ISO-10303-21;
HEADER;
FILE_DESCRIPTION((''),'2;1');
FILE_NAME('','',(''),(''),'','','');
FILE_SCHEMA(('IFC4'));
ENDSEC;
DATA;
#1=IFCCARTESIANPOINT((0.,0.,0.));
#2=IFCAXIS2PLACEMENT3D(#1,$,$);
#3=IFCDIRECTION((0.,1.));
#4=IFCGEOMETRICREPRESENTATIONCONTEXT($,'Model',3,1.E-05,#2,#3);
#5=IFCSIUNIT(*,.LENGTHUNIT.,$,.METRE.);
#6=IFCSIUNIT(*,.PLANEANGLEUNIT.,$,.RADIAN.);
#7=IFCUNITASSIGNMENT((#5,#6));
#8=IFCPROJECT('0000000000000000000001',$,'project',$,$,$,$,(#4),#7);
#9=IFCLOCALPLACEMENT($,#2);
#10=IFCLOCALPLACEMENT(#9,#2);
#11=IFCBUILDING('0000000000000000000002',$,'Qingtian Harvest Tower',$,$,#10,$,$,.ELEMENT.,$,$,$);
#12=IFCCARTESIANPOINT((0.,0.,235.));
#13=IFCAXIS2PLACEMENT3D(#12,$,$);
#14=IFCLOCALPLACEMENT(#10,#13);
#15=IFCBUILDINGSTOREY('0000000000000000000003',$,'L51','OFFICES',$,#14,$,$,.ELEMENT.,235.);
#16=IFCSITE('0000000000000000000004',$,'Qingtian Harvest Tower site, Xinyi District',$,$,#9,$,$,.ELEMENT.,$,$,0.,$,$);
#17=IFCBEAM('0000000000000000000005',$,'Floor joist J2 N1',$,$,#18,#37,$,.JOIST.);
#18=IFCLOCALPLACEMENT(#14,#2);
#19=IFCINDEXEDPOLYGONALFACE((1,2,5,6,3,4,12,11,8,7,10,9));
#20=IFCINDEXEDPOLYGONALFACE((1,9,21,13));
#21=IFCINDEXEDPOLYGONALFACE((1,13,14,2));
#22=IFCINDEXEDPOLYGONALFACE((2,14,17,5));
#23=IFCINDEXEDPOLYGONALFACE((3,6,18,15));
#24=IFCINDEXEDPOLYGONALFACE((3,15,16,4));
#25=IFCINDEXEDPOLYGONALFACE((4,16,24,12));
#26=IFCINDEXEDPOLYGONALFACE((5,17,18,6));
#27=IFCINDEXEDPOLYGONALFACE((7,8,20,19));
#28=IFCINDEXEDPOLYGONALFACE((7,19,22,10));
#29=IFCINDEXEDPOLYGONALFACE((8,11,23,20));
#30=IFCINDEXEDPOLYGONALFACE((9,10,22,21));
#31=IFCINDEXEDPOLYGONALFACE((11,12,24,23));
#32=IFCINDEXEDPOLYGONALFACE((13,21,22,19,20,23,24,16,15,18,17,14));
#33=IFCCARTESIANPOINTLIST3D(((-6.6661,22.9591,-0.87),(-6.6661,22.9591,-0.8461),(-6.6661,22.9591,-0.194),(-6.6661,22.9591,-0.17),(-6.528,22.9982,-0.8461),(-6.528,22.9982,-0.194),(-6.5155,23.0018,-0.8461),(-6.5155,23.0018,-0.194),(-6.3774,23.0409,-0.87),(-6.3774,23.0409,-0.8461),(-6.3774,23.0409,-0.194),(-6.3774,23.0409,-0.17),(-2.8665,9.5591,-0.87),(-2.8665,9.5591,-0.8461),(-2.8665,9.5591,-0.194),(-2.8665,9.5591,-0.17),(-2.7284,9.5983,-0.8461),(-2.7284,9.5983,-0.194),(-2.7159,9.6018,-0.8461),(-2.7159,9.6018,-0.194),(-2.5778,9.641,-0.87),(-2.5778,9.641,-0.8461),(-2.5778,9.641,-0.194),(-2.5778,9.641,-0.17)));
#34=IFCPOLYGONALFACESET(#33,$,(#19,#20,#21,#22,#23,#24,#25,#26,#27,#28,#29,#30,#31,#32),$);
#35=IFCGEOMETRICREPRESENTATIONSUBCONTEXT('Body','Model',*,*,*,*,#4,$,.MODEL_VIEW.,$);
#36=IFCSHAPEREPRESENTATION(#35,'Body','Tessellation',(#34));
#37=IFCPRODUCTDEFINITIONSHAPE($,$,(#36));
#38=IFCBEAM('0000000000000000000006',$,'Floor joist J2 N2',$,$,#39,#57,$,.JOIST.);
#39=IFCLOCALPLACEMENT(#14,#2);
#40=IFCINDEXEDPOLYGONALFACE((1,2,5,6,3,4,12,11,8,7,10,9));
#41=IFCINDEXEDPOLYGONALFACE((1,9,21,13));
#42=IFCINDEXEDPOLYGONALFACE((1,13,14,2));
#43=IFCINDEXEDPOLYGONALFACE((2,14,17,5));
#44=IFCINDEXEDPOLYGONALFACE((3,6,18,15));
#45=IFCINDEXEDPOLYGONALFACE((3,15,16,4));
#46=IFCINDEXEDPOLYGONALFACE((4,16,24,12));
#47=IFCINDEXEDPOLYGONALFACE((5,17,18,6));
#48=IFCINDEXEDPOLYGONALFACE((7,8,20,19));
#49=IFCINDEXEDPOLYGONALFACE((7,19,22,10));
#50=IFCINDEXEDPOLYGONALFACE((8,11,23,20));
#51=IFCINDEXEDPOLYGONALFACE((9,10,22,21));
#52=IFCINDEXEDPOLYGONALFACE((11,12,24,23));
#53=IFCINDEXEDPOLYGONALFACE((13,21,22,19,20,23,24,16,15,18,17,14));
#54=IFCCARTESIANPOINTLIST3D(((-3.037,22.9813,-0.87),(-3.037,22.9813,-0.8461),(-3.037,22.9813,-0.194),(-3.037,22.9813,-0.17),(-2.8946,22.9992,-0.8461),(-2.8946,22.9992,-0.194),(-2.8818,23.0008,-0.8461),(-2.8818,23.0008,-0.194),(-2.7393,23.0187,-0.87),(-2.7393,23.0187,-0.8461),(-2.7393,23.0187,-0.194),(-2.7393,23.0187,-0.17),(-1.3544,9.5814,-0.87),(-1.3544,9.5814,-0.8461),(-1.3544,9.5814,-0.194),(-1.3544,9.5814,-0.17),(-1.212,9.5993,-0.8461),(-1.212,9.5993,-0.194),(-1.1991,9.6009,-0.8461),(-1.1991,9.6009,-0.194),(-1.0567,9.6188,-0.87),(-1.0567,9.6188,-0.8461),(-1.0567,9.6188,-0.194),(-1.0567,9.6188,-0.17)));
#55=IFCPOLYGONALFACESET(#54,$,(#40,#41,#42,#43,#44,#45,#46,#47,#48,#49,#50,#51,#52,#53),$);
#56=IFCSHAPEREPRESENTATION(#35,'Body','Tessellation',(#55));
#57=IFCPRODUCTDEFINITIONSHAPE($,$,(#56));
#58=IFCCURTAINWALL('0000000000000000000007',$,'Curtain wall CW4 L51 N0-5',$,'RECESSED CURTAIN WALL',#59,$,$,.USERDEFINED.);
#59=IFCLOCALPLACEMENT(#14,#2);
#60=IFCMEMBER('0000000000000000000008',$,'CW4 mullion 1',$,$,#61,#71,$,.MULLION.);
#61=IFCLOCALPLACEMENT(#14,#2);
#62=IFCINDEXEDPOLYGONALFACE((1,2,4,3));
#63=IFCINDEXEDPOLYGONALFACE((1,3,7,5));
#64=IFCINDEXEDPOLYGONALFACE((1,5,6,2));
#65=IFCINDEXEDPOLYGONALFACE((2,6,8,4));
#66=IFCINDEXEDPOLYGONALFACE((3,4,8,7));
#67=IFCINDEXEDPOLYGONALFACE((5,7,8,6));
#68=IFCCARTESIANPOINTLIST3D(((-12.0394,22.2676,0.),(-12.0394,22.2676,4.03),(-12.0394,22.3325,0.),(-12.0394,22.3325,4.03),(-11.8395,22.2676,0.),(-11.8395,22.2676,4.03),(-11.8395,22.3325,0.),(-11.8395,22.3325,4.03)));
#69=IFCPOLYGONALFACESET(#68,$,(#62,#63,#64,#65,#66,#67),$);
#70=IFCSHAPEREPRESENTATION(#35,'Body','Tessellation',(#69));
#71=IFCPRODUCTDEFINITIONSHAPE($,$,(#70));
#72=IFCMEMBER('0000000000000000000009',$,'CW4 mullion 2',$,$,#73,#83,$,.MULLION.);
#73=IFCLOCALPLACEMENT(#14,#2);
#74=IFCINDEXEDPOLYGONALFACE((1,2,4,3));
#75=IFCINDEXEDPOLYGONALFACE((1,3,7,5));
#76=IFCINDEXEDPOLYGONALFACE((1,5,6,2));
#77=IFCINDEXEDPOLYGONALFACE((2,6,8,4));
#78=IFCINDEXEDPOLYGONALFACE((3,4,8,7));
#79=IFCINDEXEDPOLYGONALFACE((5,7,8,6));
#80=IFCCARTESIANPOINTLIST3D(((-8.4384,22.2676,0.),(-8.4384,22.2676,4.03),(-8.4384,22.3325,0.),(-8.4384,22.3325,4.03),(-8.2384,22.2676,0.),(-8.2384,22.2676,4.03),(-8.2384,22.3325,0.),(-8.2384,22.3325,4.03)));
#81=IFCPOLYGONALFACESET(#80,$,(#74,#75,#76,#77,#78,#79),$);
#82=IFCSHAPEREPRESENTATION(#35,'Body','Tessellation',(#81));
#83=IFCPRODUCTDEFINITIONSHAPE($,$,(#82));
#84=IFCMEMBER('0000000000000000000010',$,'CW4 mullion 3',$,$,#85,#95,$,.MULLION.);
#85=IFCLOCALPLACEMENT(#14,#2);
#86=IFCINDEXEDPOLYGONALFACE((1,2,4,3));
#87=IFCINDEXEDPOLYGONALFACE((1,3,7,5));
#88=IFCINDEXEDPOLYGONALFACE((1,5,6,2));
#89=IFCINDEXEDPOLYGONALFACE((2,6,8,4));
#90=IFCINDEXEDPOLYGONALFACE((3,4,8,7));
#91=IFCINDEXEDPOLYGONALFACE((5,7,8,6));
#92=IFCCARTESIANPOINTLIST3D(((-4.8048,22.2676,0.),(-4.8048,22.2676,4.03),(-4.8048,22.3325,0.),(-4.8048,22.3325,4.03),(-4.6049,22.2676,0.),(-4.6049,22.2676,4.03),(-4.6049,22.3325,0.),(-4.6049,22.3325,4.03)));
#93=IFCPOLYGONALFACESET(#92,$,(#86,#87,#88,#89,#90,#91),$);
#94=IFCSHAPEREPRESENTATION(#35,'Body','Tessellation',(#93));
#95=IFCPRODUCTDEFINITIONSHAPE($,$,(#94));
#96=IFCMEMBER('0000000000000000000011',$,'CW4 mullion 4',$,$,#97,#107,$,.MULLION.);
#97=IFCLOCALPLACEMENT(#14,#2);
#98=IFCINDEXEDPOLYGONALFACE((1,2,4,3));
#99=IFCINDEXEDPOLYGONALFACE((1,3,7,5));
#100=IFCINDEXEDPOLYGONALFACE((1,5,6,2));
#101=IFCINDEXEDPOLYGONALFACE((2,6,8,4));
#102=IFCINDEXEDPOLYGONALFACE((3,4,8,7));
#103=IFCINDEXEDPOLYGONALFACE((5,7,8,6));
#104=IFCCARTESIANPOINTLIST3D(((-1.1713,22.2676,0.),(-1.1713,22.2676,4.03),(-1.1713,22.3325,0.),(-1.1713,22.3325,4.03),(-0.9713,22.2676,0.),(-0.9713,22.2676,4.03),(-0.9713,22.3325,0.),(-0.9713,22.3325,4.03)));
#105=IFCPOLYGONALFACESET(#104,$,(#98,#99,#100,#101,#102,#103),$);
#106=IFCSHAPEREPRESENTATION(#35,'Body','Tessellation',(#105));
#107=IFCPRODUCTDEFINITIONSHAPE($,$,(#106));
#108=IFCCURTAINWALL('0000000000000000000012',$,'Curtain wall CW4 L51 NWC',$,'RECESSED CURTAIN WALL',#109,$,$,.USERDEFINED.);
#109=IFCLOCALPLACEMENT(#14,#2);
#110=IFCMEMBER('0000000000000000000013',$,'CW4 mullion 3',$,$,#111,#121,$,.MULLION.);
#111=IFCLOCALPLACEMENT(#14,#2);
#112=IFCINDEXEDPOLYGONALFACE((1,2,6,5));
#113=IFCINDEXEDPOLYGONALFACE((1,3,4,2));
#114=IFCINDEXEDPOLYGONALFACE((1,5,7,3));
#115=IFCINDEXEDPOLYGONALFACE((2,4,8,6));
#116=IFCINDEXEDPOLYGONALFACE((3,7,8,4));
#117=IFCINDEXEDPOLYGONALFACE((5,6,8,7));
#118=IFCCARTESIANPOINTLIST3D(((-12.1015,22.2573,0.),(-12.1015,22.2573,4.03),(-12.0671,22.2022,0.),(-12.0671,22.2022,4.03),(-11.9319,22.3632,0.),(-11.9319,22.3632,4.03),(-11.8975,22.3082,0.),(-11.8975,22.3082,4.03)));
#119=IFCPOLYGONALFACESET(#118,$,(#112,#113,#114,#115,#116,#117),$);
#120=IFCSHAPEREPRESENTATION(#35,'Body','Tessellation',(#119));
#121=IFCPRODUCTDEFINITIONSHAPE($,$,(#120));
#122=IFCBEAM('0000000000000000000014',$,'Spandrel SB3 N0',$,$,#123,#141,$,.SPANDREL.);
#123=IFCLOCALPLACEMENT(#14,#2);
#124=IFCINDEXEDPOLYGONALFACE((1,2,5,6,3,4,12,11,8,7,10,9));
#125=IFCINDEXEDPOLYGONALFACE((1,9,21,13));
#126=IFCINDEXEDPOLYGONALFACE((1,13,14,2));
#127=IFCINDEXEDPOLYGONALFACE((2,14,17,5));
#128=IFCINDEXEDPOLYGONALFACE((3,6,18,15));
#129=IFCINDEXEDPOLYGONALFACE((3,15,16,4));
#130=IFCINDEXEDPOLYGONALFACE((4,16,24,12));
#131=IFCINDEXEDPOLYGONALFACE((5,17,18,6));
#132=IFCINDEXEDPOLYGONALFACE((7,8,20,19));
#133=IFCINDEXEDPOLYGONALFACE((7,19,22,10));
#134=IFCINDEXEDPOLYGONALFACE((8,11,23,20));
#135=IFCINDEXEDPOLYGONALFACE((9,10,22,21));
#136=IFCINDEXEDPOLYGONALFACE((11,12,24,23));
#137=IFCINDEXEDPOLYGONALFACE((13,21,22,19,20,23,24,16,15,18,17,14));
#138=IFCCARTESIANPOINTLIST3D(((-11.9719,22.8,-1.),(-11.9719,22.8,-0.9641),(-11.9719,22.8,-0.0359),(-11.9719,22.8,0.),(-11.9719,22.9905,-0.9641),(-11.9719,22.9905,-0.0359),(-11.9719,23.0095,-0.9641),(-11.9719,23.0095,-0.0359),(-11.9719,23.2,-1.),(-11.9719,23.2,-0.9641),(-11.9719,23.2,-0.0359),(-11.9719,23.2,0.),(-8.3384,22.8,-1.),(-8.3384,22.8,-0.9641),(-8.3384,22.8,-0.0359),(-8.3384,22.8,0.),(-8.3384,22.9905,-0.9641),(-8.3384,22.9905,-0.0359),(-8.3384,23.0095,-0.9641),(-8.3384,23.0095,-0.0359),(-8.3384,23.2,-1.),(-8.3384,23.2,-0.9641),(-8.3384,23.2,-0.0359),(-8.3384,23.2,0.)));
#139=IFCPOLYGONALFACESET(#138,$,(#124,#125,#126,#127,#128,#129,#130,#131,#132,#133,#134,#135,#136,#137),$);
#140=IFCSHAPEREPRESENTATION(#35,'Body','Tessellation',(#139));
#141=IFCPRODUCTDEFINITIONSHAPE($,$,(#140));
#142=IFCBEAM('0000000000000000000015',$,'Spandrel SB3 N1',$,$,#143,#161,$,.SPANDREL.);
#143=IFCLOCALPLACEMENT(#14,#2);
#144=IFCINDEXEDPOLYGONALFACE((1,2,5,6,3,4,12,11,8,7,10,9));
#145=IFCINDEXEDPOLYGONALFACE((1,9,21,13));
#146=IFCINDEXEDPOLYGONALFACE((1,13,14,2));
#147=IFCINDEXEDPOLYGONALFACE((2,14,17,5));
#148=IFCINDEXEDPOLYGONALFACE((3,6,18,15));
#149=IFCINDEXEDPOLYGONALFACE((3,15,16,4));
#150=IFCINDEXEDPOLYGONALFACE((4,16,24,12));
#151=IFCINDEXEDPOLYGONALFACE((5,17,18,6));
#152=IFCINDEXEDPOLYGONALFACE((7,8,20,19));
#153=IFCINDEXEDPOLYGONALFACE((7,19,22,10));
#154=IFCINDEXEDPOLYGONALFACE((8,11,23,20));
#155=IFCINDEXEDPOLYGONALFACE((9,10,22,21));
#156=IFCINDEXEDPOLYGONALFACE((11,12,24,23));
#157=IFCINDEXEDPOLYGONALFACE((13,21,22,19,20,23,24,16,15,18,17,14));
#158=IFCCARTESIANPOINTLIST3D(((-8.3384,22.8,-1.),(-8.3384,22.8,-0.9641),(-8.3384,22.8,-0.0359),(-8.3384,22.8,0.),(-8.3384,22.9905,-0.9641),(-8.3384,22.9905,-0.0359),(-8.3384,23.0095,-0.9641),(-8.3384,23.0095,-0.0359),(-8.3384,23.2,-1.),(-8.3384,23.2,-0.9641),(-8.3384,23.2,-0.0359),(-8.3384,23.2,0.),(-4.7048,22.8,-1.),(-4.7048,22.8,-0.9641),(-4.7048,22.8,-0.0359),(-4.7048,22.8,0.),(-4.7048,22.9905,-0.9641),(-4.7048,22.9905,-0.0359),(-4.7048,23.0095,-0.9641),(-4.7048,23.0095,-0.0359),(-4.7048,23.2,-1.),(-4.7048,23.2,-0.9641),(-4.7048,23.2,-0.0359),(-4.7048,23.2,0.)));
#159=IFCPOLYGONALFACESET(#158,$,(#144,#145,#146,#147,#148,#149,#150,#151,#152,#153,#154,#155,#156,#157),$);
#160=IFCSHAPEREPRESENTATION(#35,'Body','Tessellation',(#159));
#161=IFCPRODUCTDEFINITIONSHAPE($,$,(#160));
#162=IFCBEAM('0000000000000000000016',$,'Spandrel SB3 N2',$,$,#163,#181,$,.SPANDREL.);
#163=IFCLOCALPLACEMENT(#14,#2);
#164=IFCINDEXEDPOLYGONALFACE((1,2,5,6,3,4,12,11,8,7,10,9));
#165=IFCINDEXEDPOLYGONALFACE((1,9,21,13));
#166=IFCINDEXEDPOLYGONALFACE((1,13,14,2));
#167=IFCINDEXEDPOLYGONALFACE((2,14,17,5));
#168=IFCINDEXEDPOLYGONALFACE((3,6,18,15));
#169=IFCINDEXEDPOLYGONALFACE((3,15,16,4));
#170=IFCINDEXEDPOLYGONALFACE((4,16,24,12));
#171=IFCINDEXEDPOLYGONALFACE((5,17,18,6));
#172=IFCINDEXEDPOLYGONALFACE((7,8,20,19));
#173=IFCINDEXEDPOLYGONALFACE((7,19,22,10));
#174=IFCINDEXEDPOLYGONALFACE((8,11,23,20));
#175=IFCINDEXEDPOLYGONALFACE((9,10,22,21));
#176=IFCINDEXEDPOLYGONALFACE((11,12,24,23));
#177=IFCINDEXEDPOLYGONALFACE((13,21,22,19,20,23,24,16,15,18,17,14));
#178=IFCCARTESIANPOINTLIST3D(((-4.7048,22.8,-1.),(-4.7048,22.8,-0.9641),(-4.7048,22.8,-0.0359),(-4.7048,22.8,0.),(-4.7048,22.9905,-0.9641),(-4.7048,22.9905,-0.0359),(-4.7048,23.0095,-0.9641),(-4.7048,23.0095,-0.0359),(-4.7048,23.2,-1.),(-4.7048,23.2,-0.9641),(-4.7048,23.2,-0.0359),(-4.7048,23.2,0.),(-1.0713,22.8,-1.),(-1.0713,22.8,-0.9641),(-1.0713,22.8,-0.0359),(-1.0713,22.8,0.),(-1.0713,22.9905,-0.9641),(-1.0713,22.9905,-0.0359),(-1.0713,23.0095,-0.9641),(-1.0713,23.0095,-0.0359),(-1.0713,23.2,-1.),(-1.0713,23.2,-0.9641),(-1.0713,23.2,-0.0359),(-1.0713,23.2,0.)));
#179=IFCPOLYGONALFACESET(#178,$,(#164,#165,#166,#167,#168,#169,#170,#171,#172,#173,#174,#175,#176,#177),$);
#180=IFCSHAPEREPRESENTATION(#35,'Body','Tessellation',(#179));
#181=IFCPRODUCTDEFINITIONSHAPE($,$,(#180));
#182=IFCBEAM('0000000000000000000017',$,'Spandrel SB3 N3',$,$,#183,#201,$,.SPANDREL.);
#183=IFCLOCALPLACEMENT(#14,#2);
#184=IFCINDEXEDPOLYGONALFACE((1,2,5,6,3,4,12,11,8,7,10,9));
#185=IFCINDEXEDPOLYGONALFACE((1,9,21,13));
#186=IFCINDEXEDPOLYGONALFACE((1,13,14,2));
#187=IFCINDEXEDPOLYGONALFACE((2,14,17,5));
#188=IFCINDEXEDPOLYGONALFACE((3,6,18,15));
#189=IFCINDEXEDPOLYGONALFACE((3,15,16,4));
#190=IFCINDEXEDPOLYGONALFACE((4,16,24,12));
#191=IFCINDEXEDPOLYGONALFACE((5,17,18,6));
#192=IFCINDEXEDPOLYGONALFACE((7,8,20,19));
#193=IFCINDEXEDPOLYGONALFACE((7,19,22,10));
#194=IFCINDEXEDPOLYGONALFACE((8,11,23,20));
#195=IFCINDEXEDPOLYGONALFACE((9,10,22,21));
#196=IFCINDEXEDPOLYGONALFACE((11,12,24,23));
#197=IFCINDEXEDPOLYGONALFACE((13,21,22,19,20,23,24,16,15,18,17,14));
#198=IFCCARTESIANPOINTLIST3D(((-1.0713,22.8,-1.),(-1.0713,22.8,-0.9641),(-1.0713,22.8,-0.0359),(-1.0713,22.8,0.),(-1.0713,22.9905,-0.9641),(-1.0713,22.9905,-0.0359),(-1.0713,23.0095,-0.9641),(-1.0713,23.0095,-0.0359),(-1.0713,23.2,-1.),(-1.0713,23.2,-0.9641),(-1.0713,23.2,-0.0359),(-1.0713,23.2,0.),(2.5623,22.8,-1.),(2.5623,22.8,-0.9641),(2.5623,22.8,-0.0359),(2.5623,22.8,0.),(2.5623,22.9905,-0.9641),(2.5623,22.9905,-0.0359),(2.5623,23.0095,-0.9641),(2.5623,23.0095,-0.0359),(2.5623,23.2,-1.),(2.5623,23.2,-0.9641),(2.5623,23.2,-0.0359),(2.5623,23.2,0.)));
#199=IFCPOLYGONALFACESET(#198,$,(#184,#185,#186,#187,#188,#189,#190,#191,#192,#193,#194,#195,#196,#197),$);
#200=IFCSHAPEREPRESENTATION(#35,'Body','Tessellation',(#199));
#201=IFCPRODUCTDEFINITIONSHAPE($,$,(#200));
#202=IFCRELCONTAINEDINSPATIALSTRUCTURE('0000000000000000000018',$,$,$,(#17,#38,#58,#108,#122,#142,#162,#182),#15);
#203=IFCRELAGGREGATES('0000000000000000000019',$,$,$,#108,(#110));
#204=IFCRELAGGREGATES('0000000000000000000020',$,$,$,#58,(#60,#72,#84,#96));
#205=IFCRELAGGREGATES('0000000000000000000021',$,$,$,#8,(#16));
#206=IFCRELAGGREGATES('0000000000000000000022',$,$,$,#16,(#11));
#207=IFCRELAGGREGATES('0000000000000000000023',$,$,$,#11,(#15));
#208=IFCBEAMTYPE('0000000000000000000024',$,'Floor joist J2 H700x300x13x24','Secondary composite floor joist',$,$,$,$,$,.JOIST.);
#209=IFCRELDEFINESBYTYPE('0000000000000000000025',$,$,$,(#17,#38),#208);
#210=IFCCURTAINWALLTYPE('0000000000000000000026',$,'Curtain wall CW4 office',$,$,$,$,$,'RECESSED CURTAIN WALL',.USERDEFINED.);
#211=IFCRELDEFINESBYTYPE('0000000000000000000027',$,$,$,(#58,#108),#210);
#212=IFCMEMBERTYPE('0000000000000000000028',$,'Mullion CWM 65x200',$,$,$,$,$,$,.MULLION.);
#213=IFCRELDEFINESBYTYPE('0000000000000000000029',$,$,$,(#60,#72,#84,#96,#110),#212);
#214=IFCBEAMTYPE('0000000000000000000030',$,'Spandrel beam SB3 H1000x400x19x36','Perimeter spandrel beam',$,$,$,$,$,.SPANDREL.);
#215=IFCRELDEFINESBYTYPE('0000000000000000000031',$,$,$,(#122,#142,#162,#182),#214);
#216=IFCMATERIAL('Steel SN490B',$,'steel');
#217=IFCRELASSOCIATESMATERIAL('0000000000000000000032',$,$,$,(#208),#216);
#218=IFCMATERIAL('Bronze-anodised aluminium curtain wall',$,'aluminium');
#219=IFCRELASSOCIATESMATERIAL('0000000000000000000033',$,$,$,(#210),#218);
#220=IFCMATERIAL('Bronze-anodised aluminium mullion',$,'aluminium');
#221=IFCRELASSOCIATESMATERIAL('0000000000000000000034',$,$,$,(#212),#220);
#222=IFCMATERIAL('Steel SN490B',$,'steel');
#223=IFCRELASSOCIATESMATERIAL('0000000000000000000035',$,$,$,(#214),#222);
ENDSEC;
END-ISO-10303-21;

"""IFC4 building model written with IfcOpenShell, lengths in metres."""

from ifc_helpers import new_model, si_unit, direction, frame, origin, origin_2d, place, context, subcontext, project, spatial, rectangle, i_section, extrude, material, material_profile, profile_set, type_object, element, aggregate, save


model = new_model("IFC4")

# Units and contexts
model_context = context("Model", 3, precision=1e-05, world=origin(), true_north=direction((0.0, 1.0)))
body_context = subcontext(model_context, "Body", "Model", "MODEL_VIEW")
ifc_project = project(units=[si_unit("LENGTHUNIT", "METRE"), si_unit("PLANEANGLEUNIT", "RADIAN")], contexts=[model_context])

# Site, building, storey
site_placement = place(None, origin())
site = spatial("IfcSite", under=ifc_project, at=site_placement, Name="Qingtian Harvest Tower site, Xinyi District", CompositionType="ELEMENT", RefElevation=0.0)
building_placement = place(site_placement, origin())
building = spatial("IfcBuilding", under=site, at=building_placement, Name="Qingtian Harvest Tower", CompositionType="ELEMENT")
storey_placement = place(building_placement, frame((0.0, 0.0, 235.0)))
storey = spatial("IfcBuildingStorey", under=building, at=storey_placement, Name="L51", Description="OFFICES", CompositionType="ELEMENT", Elevation=235.0)

# Beams
ifc_material_1 = material(Name="Steel SN490B", Category="steel")
ifc_material_profile_1 = material_profile(ifc_material_1, i_section(OverallWidth=0.3, OverallDepth=0.7, WebThickness=0.0129, FlangeThickness=0.0239, at=origin_2d()), Name="H700x300x13x24")
ifc_profile_set_1 = profile_set([ifc_material_profile_1], Name="Steel SN490B")
beam_type_1 = type_object("IfcBeamType", Name="Floor joist J2 H700x300x13x24", Description="Secondary composite floor joist", PredefinedType="JOIST", material=ifc_profile_set_1)
beam_1_placement = place(storey_placement, frame((-6.5217, 23.0, -0.52), z_axis=(0.272797, -0.962072, 0.0), x_axis=(0.962072, 0.272797, 0.0)))
element("IfcBeam", 1, at=beam_1_placement, inside=storey, type_object=beam_type_1, Name="Floor joist J2 N1", PredefinedType="JOIST", context=body_context, shape_type="SweptSolid", body=[
    extrude(i_section(OverallWidth=0.3, OverallDepth=0.7, WebThickness=0.0129, FlangeThickness=0.0239, at=origin_2d()), origin(), (0.0, 0.0, 1.0), 13.9282),
])
beam_2_placement = place(storey_placement, frame((-2.8882, 23.0, -0.52), z_axis=(0.124591, -0.992208, 0.0), x_axis=(0.992208, 0.124591, 0.0)))
element("IfcBeam", 2, at=beam_2_placement, inside=storey, type_object=beam_type_1, Name="Floor joist J2 N2", PredefinedType="JOIST", context=body_context, shape_type="SweptSolid", body=[
    extrude(i_section(OverallWidth=0.3, OverallDepth=0.7, WebThickness=0.0129, FlangeThickness=0.0239, at=origin_2d()), origin(), (0.0, 0.0, 1.0), 13.5051),
])

# Curtain wall, members
ifc_material_2 = material(Name="Bronze-anodised aluminium curtain wall", Category="aluminium")
curtain_wall_type = type_object("IfcCurtainWallType", Name="Curtain wall CW4 office", ElementType="RECESSED CURTAIN WALL", PredefinedType="USERDEFINED", material=ifc_material_2)
curtain_wall_1_placement = place(storey_placement, origin())
curtain_wall_1 = element("IfcCurtainWall", 3, at=curtain_wall_1_placement, inside=storey, type_object=curtain_wall_type, Name="Curtain wall CW4 L51 N0-5", ObjectType="RECESSED CURTAIN WALL", PredefinedType="USERDEFINED")
ifc_material_3 = material(Name="Bronze-anodised aluminium mullion", Category="aluminium")
ifc_material_profile_2 = material_profile(ifc_material_3, rectangle(XDim=0.0649, YDim=0.2, at=origin_2d()), Name="AL 65x200")
ifc_profile_set_2 = profile_set([ifc_material_profile_2], Name="Bronze-anodised aluminium mullion")
member_type_1 = type_object("IfcMemberType", Name="Mullion CWM 65x200", PredefinedType="MULLION", material=ifc_profile_set_2)
member_1_placement = place(storey_placement, frame((-11.9395, 22.3, 0.0), z_axis=(0.0, 0.0, 1.0), x_axis=(0.0, 1.0, 0.0)))
member_1 = element("IfcMember", 4, at=member_1_placement, type_object=member_type_1, Name="CW4 mullion 1", PredefinedType="MULLION", context=body_context, shape_type="SweptSolid", body=[
    extrude(rectangle(XDim=0.0649, YDim=0.2, at=origin_2d()), origin(), (0.0, 0.0, 1.0), 4.03),
])
member_2_placement = place(storey_placement, frame((-8.3384, 22.3, 0.0), z_axis=(0.0, 0.0, 1.0), x_axis=(0.0, 1.0, 0.0)))
member_2 = element("IfcMember", 5, at=member_2_placement, type_object=member_type_1, Name="CW4 mullion 2", PredefinedType="MULLION", context=body_context, shape_type="SweptSolid", body=[
    extrude(rectangle(XDim=0.0649, YDim=0.2, at=origin_2d()), origin(), (0.0, 0.0, 1.0), 4.03),
])
member_3_placement = place(storey_placement, frame((-4.7048, 22.3, 0.0), z_axis=(0.0, 0.0, 1.0), x_axis=(0.0, 1.0, 0.0)))
member_3 = element("IfcMember", 6, at=member_3_placement, type_object=member_type_1, Name="CW4 mullion 3", PredefinedType="MULLION", context=body_context, shape_type="SweptSolid", body=[
    extrude(rectangle(XDim=0.0649, YDim=0.2, at=origin_2d()), origin(), (0.0, 0.0, 1.0), 4.03),
])
member_4_placement = place(storey_placement, frame((-1.0713, 22.3, 0.0), z_axis=(0.0, 0.0, 1.0), x_axis=(0.0, 1.0, 0.0)))
member_4 = element("IfcMember", 7, at=member_4_placement, type_object=member_type_1, Name="CW4 mullion 4", PredefinedType="MULLION", context=body_context, shape_type="SweptSolid", body=[
    extrude(rectangle(XDim=0.0649, YDim=0.2, at=origin_2d()), origin(), (0.0, 0.0, 1.0), 4.03),
])

# Curtain wall, member
curtain_wall_2_placement = place(storey_placement, origin())
curtain_wall_2 = element("IfcCurtainWall", 8, at=curtain_wall_2_placement, inside=storey, type_object=curtain_wall_type, Name="Curtain wall CW4 L51 NWC", ObjectType="RECESSED CURTAIN WALL", PredefinedType="USERDEFINED")
member_5_placement = place(storey_placement, frame((-11.9995, 22.2827, 0.0), z_axis=(0.0, 0.0, 1.0), x_axis=(-0.529919, 0.848048, 0.0)))
member_5 = element("IfcMember", 9, at=member_5_placement, type_object=member_type_1, Name="CW4 mullion 3", PredefinedType="MULLION", context=body_context, shape_type="SweptSolid", body=[
    extrude(rectangle(XDim=0.0649, YDim=0.2, at=origin_2d()), origin(), (0.0, 0.0, 1.0), 4.03),
])
aggregate(curtain_wall_2, [member_5])

# Beams
ifc_material_4 = material(Name="Steel SN490B", Category="steel")
ifc_material_profile_3 = material_profile(ifc_material_4, i_section(OverallWidth=0.3999, OverallDepth=1.0, WebThickness=0.019, FlangeThickness=0.0359, at=origin_2d()), Name="H1000x400x19x36")
ifc_profile_set_3 = profile_set([ifc_material_profile_3], Name="Steel SN490B")
beam_type_2 = type_object("IfcBeamType", Name="Spandrel beam SB3 H1000x400x19x36", Description="Perimeter spandrel beam", PredefinedType="SPANDREL", material=ifc_profile_set_3)
for number, where, z_axis, x_axis, name in (
    (10, (-11.9719, 23.0, -0.5), (1.0, 0.0, 0.0), (0.0, 1.0, 0.0), "Spandrel SB3 N0"),
    (11, (-8.3384, 23.0, -0.5), (1.0, 0.0, 0.0), (0.0, 1.0, 0.0), "Spandrel SB3 N1"),
    (12, (-4.7048, 23.0, -0.5), (1.0, 0.0, 0.0), (0.0, 1.0, 0.0), "Spandrel SB3 N2"),
    (13, (-1.0713, 23.0, -0.5), (1.0, 0.0, 0.0), (0.0, 1.0, 0.0), "Spandrel SB3 N3"),
):
    element("IfcBeam", number, at=place(storey_placement, frame(where, z_axis=z_axis, x_axis=x_axis)), inside=storey, type_object=beam_type_2, Name=name, PredefinedType="SPANDREL", context=body_context, shape_type="SweptSolid", body=[
        extrude(i_section(OverallWidth=0.3999, OverallDepth=1.0, WebThickness=0.019, FlangeThickness=0.0359, at=origin_2d()), origin(), (0.0, 0.0, 1.0), 3.6335),
    ])

aggregate(curtain_wall_1, [member_1, member_2, member_3, member_4])

save(model, "model.ifc")
